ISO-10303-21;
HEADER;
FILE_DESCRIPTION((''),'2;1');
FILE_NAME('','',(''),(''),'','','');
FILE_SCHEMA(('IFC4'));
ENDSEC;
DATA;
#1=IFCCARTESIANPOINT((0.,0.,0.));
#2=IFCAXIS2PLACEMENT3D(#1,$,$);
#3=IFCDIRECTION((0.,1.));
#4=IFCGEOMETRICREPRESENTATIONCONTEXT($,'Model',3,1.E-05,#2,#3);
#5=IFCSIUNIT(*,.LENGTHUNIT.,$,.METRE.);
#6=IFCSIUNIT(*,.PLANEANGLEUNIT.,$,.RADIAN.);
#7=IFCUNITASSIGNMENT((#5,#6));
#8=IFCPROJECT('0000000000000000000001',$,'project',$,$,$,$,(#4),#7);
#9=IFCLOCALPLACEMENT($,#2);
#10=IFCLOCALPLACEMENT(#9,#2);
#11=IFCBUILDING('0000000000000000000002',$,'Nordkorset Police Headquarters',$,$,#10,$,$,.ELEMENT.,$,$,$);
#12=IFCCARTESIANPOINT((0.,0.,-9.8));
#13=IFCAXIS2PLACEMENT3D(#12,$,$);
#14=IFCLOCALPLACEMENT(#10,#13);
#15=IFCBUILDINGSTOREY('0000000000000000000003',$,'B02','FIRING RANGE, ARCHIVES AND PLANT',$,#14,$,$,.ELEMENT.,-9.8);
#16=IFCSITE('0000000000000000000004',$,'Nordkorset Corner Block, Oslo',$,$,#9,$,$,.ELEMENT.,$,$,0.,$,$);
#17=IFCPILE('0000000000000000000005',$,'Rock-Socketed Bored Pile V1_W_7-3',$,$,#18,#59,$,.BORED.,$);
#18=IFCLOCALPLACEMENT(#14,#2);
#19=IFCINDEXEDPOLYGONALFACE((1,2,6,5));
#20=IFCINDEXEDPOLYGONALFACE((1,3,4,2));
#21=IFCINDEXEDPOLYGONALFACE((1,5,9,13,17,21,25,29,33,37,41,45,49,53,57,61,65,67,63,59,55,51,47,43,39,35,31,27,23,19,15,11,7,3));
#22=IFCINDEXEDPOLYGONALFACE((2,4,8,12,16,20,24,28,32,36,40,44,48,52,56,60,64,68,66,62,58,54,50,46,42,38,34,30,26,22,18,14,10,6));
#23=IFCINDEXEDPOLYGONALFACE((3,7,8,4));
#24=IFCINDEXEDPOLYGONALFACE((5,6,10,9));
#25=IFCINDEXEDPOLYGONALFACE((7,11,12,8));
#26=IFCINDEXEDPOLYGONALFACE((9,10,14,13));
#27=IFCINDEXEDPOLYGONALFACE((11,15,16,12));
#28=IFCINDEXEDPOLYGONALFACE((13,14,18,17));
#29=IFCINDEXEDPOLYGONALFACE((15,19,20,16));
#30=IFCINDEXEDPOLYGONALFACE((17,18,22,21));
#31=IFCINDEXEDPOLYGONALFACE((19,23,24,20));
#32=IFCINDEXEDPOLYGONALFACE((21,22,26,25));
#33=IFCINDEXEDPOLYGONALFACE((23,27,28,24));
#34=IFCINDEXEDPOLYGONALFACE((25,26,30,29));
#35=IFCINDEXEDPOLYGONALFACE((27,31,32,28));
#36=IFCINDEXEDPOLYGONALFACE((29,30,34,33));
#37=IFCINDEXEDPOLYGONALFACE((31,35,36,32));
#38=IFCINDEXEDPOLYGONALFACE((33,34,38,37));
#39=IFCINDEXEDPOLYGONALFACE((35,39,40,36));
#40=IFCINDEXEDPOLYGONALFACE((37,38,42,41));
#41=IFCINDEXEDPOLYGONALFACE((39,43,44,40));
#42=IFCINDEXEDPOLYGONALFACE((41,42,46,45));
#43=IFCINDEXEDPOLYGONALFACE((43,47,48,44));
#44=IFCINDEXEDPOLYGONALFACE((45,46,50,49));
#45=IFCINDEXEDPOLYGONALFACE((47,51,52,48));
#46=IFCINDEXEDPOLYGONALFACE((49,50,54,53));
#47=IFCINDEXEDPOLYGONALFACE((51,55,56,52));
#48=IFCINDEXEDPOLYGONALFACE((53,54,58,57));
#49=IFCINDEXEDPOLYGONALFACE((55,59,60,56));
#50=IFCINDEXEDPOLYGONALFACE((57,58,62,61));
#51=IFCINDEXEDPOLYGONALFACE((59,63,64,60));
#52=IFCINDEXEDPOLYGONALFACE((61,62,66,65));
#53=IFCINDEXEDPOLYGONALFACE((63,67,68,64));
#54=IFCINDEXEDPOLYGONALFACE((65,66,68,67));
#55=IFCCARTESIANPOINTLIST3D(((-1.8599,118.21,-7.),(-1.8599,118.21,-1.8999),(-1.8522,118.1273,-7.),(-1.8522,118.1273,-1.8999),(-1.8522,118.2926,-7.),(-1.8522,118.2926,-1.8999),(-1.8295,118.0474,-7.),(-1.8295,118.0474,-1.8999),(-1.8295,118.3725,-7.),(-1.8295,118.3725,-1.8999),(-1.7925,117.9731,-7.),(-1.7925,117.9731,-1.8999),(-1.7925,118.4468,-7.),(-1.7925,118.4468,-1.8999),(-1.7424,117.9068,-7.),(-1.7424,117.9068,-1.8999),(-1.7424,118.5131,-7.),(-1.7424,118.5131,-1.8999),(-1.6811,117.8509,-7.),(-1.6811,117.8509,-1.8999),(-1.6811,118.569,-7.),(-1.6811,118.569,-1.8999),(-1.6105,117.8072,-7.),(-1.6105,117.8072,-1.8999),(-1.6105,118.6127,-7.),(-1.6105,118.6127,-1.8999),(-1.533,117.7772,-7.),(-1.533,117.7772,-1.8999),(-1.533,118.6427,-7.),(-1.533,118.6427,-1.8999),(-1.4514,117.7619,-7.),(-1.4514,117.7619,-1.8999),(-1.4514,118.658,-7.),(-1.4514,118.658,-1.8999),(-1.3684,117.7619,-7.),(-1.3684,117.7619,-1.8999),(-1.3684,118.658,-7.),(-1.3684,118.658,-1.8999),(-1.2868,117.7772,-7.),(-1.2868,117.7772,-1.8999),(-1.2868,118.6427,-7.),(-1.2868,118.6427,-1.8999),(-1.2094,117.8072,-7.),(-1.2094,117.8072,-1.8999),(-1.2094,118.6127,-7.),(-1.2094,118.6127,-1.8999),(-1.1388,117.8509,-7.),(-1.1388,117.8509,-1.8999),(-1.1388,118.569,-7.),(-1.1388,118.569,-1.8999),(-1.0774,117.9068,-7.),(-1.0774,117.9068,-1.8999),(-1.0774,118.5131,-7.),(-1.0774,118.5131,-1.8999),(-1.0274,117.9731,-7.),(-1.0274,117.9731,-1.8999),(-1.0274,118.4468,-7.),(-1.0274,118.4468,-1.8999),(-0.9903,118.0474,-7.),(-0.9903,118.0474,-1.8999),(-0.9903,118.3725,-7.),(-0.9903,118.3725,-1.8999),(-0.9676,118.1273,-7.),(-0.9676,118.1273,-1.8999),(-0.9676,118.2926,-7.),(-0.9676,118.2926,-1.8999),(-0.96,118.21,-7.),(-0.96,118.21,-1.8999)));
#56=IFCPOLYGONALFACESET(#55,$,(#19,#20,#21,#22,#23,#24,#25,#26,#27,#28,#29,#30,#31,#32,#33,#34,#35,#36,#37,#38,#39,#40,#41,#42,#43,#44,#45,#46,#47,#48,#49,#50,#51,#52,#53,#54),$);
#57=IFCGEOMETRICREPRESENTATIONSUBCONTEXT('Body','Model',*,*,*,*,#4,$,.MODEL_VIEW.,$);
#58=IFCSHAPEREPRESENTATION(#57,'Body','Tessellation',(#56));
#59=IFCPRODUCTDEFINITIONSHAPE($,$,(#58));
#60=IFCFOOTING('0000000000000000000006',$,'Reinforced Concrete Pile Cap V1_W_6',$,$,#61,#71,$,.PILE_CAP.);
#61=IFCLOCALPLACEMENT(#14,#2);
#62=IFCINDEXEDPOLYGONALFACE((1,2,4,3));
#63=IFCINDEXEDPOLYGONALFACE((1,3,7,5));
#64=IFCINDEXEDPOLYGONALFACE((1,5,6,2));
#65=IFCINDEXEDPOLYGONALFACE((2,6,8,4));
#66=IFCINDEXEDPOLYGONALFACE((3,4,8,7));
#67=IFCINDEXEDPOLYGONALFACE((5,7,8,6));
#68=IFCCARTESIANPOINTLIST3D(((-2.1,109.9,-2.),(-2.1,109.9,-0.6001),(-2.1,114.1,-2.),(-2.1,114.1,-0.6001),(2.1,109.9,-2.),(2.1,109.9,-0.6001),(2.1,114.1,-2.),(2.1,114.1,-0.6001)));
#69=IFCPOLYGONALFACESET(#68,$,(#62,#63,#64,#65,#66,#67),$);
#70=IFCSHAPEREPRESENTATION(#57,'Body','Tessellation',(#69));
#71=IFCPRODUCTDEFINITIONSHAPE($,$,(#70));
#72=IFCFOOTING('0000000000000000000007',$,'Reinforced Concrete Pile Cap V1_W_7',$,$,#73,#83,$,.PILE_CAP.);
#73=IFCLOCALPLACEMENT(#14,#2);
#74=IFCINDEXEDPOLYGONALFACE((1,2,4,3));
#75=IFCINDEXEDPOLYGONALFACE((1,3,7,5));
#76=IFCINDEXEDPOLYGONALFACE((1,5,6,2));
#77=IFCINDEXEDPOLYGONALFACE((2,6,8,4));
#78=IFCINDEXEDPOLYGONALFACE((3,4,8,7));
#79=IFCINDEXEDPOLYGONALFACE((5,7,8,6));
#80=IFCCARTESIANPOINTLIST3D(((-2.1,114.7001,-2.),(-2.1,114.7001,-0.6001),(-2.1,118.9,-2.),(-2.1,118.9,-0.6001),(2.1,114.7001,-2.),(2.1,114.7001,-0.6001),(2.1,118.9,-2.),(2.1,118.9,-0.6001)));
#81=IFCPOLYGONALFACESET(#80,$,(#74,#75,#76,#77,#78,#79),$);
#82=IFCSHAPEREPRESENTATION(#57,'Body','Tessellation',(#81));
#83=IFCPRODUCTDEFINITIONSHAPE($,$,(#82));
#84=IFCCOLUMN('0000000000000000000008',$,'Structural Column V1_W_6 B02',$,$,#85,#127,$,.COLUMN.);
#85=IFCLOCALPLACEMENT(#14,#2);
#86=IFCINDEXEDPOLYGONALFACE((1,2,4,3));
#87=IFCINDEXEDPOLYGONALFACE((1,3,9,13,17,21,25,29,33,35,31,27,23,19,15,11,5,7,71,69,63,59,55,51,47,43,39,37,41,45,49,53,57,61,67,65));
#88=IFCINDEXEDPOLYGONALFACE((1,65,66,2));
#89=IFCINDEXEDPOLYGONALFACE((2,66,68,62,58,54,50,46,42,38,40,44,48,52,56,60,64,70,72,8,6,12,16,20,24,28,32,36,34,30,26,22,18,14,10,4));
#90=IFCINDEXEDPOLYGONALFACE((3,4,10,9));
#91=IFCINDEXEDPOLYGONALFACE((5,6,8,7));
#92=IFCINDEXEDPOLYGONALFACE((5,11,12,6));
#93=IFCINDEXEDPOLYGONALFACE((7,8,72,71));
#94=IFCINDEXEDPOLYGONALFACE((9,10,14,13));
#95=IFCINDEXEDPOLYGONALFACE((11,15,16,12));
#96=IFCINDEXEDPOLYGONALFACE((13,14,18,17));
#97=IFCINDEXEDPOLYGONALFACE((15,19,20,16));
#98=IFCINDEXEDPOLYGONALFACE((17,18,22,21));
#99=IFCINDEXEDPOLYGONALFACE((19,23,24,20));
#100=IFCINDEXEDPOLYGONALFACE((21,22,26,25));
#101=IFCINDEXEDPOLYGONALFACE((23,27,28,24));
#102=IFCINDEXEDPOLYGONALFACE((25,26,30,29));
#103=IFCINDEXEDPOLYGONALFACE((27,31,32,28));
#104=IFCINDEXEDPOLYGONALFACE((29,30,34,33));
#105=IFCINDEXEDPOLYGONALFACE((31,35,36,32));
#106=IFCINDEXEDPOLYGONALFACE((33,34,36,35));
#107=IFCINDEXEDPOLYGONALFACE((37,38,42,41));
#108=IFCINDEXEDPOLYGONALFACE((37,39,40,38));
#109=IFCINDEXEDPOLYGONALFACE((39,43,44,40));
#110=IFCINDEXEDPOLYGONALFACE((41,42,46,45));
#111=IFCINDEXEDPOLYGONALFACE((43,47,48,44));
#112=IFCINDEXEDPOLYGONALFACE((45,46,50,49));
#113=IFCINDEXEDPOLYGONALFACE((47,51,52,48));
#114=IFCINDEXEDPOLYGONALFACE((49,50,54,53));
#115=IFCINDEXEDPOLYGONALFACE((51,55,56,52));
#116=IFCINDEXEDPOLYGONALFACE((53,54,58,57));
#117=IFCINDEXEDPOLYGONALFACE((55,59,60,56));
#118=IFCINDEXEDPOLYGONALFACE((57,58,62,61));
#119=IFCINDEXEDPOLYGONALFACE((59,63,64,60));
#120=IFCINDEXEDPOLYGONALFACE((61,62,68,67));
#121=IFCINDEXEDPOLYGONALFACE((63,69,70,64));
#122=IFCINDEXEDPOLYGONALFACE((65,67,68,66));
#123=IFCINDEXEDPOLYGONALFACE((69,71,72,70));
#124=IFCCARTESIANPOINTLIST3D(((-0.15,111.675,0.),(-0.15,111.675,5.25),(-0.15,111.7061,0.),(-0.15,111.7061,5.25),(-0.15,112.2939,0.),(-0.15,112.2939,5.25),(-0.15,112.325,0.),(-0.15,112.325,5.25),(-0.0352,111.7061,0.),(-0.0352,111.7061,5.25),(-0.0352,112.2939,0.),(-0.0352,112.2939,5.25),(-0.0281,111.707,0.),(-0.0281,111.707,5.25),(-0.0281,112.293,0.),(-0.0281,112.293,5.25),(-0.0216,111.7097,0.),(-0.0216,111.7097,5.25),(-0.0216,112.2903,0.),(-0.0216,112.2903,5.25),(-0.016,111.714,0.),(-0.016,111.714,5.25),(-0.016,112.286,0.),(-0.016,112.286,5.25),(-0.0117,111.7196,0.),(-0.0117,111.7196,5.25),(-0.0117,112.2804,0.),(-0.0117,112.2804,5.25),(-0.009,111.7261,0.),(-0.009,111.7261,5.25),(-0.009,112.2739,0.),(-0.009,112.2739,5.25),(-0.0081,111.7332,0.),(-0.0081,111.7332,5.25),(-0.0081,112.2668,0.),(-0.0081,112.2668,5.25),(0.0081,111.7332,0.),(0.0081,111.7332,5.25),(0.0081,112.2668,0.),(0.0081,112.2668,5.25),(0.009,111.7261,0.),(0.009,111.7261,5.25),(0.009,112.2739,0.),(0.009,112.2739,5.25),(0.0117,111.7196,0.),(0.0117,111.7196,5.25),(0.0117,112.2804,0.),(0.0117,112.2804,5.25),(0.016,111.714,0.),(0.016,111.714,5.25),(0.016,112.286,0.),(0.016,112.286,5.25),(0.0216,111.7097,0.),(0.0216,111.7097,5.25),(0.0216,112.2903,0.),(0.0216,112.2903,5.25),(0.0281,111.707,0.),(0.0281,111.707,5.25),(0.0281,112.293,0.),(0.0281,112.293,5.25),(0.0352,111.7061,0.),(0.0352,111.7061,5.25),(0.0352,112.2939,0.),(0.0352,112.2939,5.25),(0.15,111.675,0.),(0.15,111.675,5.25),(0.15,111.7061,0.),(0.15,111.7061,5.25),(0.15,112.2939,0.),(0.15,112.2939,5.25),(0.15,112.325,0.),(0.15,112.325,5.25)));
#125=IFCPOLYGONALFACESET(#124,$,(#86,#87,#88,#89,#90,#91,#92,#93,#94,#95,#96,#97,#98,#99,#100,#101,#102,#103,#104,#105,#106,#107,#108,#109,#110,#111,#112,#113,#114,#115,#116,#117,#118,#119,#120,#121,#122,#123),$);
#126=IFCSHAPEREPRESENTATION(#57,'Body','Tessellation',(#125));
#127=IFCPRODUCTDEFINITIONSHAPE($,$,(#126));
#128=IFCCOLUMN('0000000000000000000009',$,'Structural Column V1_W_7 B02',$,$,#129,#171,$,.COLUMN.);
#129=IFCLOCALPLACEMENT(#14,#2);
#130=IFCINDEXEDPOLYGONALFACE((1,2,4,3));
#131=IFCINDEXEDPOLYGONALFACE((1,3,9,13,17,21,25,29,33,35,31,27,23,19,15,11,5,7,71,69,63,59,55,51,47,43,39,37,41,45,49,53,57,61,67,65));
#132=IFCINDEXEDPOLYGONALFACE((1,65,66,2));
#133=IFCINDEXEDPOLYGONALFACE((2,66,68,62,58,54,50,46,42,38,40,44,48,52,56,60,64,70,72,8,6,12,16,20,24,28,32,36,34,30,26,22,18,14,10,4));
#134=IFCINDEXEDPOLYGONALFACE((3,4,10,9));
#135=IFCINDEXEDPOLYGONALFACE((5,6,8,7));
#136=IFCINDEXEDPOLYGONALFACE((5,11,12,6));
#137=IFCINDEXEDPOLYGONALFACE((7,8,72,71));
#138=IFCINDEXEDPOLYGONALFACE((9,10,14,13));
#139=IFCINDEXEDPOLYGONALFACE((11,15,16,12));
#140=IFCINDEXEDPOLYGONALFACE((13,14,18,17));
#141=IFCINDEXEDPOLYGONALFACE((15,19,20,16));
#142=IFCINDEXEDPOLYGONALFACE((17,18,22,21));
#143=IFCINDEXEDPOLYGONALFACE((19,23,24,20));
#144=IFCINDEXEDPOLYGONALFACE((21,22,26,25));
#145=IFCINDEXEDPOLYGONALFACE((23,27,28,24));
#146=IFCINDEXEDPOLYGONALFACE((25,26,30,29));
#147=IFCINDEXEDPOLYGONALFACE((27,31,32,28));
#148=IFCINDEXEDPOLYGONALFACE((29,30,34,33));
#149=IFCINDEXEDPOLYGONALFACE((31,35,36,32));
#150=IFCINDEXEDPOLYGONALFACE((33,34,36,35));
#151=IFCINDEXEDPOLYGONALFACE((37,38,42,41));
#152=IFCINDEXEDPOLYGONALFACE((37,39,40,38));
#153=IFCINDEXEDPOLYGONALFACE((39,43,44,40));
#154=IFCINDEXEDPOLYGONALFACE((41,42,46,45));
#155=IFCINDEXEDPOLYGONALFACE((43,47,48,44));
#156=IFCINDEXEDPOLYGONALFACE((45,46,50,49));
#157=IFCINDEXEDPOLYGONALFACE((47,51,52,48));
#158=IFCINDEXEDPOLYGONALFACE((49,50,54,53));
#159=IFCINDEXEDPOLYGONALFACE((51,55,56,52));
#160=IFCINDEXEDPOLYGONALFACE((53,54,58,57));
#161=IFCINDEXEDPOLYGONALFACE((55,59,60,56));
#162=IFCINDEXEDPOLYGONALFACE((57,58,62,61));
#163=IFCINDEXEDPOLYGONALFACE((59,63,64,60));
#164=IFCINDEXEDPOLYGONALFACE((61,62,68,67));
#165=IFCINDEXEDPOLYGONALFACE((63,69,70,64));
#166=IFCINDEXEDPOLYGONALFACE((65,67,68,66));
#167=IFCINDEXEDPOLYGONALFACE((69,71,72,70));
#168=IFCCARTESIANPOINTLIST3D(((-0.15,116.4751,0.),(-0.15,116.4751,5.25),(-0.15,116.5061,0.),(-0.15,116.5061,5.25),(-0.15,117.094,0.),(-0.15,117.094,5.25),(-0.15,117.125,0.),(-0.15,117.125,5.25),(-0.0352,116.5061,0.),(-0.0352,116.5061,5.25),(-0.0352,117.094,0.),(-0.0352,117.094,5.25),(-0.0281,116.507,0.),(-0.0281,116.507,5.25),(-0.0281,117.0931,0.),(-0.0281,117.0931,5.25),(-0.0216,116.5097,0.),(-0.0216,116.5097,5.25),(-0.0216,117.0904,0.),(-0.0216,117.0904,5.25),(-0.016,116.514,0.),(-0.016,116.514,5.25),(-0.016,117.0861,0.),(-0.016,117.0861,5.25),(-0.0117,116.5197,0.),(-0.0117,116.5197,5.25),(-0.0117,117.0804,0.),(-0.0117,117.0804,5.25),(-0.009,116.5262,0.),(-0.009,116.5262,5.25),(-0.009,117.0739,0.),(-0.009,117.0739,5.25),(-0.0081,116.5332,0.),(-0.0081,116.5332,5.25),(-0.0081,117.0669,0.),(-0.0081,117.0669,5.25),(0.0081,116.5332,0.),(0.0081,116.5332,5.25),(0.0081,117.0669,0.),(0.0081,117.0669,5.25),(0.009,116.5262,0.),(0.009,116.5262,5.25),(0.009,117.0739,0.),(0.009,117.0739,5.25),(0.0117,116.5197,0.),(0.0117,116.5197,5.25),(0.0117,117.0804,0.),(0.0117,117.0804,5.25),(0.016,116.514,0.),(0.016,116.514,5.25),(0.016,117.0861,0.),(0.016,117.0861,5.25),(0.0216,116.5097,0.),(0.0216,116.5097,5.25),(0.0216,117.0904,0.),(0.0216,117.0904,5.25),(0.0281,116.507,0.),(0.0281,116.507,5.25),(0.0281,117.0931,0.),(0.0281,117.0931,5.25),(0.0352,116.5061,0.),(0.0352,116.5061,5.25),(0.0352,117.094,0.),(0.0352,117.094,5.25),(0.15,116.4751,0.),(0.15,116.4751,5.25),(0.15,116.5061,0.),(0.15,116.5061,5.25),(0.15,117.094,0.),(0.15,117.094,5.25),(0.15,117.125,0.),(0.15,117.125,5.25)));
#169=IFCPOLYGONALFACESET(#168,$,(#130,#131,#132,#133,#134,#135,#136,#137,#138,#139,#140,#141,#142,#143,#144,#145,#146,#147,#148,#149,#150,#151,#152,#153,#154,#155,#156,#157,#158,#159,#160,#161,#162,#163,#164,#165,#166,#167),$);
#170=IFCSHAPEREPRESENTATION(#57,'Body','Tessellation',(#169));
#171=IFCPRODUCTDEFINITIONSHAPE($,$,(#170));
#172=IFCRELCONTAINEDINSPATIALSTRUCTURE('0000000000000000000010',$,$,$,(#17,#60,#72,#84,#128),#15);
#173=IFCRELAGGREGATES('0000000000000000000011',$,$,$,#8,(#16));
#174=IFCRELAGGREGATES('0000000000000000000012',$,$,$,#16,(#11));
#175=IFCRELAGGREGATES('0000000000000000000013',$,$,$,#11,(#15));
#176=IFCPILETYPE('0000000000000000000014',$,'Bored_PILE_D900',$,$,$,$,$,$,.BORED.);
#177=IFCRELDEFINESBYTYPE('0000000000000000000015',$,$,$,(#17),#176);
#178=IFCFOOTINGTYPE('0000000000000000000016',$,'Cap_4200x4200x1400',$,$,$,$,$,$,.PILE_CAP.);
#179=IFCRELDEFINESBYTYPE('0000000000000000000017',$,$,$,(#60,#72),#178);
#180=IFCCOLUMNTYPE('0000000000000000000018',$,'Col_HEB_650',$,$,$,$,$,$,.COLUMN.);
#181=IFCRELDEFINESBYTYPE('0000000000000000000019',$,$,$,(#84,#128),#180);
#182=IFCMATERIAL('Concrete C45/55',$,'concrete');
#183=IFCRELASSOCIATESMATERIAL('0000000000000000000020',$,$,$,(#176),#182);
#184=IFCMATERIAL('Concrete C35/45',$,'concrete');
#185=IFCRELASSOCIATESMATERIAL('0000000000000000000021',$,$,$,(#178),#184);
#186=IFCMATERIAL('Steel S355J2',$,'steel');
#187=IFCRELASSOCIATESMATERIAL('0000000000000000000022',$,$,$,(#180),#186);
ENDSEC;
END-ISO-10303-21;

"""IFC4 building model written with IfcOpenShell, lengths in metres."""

from ifc_helpers import new_model, si_unit, direction, frame, origin, origin_2d, place, context, subcontext, project, spatial, rectangle, circle, i_section, extrude, material, material_profile, profile_set, type_object, element, save


model = new_model("IFC4")

# Units and contexts
model_context = context("Model", 3, precision=1e-05, world=origin(), true_north=direction((0.0, 1.0)))
body_context = subcontext(model_context, "Body", "Model", "MODEL_VIEW")
ifc_project = project(units=[si_unit("LENGTHUNIT", "METRE"), si_unit("PLANEANGLEUNIT", "RADIAN")], contexts=[model_context])

# Site, building, storey
site_placement = place(None, origin())
site = spatial("IfcSite", under=ifc_project, at=site_placement, Name="Nordkorset Corner Block, Oslo", CompositionType="ELEMENT", RefElevation=0.0)
building_placement = place(site_placement, origin())
building = spatial("IfcBuilding", under=site, at=building_placement, Name="Nordkorset Police Headquarters", CompositionType="ELEMENT")
storey_placement = place(building_placement, frame((0.0, 0.0, -9.8)))
storey = spatial("IfcBuildingStorey", under=building, at=storey_placement, Name="B02", Description="FIRING RANGE, ARCHIVES AND PLANT", CompositionType="ELEMENT", Elevation=-9.8)

# Pile
ifc_material_1 = material(Name="Concrete C45/55", Category="concrete")
ifc_material_profile_1 = material_profile(ifc_material_1, circle(Radius=0.45, at=origin_2d()), Name="PILE D900")
ifc_profile_set_1 = profile_set([ifc_material_profile_1], Name="Concrete C45/55")
pile_type = type_object("IfcPileType", Name="Bored_PILE_D900", PredefinedType="BORED", material=ifc_profile_set_1)
for number, where, z_axis, x_axis, name in (
    (1, (-1.4099, 118.21, -1.8999), (0.0, 0.0, -1.0), (1.0, 0.0, 0.0), "Rock-Socketed Bored Pile V1_W_7-3"),
):
    element("IfcPile", number, at=place(storey_placement, frame(where, z_axis=z_axis, x_axis=x_axis)), inside=storey, type_object=pile_type, Name=name, PredefinedType="BORED", context=body_context, shape_type="SweptSolid", body=[
        extrude(circle(Radius=0.45, at=origin_2d()), origin(), (0.0, 0.0, 1.0), 5.1001),
    ])

# Footings
ifc_material_2 = material(Name="Concrete C35/45", Category="concrete")
footing_type = type_object("IfcFootingType", Name="Cap_4200x4200x1400", PredefinedType="PILE_CAP", material=ifc_material_2)
for number, where, z_axis, x_axis, name in (
    (2, (0.0, 112.0, -2.0), (0.0, 0.0, 1.0), (1.0, 0.0, 0.0), "Reinforced Concrete Pile Cap V1_W_6"),
    (3, (0.0, 116.8, -2.0), (0.0, 0.0, 1.0), (1.0, 0.0, 0.0), "Reinforced Concrete Pile Cap V1_W_7"),
):
    element("IfcFooting", number, at=place(storey_placement, frame(where, z_axis=z_axis, x_axis=x_axis)), inside=storey, type_object=footing_type, Name=name, PredefinedType="PILE_CAP", context=body_context, shape_type="SweptSolid", body=[
        extrude(rectangle(XDim=4.2, YDim=4.2, at=origin_2d()), origin(), (0.0, 0.0, 1.0), 1.3999),
    ])

# Columns
ifc_material_3 = material(Name="Steel S355J2", Category="steel")
ifc_material_profile_2 = material_profile(ifc_material_3, i_section(OverallWidth=0.3, OverallDepth=0.6499, WebThickness=0.0161, FlangeThickness=0.031, FilletRadius=0.0271, at=origin_2d()), Name="HEB 650")
ifc_profile_set_2 = profile_set([ifc_material_profile_2], Name="Steel S355J2")
column_type = type_object("IfcColumnType", Name="Col_HEB_650", PredefinedType="COLUMN", material=ifc_profile_set_2)
for number, where, z_axis, x_axis, name in (
    (4, (0.0, 112.0, 0.0), (0.0, 0.0, 1.0), (1.0, 0.0, 0.0), "Structural Column V1_W_6 B02"),
    (5, (0.0, 116.8, 0.0), (0.0, 0.0, 1.0), (1.0, 0.0, 0.0), "Structural Column V1_W_7 B02"),
):
    element("IfcColumn", number, at=place(storey_placement, frame(where, z_axis=z_axis, x_axis=x_axis)), inside=storey, type_object=column_type, Name=name, PredefinedType="COLUMN", context=body_context, shape_type="SweptSolid", body=[
        extrude(i_section(OverallWidth=0.3, OverallDepth=0.6499, WebThickness=0.0161, FlangeThickness=0.031, FilletRadius=0.0271, at=origin_2d()), origin(), (0.0, 0.0, 1.0), 5.25),
    ])

save(model, "model.ifc")
